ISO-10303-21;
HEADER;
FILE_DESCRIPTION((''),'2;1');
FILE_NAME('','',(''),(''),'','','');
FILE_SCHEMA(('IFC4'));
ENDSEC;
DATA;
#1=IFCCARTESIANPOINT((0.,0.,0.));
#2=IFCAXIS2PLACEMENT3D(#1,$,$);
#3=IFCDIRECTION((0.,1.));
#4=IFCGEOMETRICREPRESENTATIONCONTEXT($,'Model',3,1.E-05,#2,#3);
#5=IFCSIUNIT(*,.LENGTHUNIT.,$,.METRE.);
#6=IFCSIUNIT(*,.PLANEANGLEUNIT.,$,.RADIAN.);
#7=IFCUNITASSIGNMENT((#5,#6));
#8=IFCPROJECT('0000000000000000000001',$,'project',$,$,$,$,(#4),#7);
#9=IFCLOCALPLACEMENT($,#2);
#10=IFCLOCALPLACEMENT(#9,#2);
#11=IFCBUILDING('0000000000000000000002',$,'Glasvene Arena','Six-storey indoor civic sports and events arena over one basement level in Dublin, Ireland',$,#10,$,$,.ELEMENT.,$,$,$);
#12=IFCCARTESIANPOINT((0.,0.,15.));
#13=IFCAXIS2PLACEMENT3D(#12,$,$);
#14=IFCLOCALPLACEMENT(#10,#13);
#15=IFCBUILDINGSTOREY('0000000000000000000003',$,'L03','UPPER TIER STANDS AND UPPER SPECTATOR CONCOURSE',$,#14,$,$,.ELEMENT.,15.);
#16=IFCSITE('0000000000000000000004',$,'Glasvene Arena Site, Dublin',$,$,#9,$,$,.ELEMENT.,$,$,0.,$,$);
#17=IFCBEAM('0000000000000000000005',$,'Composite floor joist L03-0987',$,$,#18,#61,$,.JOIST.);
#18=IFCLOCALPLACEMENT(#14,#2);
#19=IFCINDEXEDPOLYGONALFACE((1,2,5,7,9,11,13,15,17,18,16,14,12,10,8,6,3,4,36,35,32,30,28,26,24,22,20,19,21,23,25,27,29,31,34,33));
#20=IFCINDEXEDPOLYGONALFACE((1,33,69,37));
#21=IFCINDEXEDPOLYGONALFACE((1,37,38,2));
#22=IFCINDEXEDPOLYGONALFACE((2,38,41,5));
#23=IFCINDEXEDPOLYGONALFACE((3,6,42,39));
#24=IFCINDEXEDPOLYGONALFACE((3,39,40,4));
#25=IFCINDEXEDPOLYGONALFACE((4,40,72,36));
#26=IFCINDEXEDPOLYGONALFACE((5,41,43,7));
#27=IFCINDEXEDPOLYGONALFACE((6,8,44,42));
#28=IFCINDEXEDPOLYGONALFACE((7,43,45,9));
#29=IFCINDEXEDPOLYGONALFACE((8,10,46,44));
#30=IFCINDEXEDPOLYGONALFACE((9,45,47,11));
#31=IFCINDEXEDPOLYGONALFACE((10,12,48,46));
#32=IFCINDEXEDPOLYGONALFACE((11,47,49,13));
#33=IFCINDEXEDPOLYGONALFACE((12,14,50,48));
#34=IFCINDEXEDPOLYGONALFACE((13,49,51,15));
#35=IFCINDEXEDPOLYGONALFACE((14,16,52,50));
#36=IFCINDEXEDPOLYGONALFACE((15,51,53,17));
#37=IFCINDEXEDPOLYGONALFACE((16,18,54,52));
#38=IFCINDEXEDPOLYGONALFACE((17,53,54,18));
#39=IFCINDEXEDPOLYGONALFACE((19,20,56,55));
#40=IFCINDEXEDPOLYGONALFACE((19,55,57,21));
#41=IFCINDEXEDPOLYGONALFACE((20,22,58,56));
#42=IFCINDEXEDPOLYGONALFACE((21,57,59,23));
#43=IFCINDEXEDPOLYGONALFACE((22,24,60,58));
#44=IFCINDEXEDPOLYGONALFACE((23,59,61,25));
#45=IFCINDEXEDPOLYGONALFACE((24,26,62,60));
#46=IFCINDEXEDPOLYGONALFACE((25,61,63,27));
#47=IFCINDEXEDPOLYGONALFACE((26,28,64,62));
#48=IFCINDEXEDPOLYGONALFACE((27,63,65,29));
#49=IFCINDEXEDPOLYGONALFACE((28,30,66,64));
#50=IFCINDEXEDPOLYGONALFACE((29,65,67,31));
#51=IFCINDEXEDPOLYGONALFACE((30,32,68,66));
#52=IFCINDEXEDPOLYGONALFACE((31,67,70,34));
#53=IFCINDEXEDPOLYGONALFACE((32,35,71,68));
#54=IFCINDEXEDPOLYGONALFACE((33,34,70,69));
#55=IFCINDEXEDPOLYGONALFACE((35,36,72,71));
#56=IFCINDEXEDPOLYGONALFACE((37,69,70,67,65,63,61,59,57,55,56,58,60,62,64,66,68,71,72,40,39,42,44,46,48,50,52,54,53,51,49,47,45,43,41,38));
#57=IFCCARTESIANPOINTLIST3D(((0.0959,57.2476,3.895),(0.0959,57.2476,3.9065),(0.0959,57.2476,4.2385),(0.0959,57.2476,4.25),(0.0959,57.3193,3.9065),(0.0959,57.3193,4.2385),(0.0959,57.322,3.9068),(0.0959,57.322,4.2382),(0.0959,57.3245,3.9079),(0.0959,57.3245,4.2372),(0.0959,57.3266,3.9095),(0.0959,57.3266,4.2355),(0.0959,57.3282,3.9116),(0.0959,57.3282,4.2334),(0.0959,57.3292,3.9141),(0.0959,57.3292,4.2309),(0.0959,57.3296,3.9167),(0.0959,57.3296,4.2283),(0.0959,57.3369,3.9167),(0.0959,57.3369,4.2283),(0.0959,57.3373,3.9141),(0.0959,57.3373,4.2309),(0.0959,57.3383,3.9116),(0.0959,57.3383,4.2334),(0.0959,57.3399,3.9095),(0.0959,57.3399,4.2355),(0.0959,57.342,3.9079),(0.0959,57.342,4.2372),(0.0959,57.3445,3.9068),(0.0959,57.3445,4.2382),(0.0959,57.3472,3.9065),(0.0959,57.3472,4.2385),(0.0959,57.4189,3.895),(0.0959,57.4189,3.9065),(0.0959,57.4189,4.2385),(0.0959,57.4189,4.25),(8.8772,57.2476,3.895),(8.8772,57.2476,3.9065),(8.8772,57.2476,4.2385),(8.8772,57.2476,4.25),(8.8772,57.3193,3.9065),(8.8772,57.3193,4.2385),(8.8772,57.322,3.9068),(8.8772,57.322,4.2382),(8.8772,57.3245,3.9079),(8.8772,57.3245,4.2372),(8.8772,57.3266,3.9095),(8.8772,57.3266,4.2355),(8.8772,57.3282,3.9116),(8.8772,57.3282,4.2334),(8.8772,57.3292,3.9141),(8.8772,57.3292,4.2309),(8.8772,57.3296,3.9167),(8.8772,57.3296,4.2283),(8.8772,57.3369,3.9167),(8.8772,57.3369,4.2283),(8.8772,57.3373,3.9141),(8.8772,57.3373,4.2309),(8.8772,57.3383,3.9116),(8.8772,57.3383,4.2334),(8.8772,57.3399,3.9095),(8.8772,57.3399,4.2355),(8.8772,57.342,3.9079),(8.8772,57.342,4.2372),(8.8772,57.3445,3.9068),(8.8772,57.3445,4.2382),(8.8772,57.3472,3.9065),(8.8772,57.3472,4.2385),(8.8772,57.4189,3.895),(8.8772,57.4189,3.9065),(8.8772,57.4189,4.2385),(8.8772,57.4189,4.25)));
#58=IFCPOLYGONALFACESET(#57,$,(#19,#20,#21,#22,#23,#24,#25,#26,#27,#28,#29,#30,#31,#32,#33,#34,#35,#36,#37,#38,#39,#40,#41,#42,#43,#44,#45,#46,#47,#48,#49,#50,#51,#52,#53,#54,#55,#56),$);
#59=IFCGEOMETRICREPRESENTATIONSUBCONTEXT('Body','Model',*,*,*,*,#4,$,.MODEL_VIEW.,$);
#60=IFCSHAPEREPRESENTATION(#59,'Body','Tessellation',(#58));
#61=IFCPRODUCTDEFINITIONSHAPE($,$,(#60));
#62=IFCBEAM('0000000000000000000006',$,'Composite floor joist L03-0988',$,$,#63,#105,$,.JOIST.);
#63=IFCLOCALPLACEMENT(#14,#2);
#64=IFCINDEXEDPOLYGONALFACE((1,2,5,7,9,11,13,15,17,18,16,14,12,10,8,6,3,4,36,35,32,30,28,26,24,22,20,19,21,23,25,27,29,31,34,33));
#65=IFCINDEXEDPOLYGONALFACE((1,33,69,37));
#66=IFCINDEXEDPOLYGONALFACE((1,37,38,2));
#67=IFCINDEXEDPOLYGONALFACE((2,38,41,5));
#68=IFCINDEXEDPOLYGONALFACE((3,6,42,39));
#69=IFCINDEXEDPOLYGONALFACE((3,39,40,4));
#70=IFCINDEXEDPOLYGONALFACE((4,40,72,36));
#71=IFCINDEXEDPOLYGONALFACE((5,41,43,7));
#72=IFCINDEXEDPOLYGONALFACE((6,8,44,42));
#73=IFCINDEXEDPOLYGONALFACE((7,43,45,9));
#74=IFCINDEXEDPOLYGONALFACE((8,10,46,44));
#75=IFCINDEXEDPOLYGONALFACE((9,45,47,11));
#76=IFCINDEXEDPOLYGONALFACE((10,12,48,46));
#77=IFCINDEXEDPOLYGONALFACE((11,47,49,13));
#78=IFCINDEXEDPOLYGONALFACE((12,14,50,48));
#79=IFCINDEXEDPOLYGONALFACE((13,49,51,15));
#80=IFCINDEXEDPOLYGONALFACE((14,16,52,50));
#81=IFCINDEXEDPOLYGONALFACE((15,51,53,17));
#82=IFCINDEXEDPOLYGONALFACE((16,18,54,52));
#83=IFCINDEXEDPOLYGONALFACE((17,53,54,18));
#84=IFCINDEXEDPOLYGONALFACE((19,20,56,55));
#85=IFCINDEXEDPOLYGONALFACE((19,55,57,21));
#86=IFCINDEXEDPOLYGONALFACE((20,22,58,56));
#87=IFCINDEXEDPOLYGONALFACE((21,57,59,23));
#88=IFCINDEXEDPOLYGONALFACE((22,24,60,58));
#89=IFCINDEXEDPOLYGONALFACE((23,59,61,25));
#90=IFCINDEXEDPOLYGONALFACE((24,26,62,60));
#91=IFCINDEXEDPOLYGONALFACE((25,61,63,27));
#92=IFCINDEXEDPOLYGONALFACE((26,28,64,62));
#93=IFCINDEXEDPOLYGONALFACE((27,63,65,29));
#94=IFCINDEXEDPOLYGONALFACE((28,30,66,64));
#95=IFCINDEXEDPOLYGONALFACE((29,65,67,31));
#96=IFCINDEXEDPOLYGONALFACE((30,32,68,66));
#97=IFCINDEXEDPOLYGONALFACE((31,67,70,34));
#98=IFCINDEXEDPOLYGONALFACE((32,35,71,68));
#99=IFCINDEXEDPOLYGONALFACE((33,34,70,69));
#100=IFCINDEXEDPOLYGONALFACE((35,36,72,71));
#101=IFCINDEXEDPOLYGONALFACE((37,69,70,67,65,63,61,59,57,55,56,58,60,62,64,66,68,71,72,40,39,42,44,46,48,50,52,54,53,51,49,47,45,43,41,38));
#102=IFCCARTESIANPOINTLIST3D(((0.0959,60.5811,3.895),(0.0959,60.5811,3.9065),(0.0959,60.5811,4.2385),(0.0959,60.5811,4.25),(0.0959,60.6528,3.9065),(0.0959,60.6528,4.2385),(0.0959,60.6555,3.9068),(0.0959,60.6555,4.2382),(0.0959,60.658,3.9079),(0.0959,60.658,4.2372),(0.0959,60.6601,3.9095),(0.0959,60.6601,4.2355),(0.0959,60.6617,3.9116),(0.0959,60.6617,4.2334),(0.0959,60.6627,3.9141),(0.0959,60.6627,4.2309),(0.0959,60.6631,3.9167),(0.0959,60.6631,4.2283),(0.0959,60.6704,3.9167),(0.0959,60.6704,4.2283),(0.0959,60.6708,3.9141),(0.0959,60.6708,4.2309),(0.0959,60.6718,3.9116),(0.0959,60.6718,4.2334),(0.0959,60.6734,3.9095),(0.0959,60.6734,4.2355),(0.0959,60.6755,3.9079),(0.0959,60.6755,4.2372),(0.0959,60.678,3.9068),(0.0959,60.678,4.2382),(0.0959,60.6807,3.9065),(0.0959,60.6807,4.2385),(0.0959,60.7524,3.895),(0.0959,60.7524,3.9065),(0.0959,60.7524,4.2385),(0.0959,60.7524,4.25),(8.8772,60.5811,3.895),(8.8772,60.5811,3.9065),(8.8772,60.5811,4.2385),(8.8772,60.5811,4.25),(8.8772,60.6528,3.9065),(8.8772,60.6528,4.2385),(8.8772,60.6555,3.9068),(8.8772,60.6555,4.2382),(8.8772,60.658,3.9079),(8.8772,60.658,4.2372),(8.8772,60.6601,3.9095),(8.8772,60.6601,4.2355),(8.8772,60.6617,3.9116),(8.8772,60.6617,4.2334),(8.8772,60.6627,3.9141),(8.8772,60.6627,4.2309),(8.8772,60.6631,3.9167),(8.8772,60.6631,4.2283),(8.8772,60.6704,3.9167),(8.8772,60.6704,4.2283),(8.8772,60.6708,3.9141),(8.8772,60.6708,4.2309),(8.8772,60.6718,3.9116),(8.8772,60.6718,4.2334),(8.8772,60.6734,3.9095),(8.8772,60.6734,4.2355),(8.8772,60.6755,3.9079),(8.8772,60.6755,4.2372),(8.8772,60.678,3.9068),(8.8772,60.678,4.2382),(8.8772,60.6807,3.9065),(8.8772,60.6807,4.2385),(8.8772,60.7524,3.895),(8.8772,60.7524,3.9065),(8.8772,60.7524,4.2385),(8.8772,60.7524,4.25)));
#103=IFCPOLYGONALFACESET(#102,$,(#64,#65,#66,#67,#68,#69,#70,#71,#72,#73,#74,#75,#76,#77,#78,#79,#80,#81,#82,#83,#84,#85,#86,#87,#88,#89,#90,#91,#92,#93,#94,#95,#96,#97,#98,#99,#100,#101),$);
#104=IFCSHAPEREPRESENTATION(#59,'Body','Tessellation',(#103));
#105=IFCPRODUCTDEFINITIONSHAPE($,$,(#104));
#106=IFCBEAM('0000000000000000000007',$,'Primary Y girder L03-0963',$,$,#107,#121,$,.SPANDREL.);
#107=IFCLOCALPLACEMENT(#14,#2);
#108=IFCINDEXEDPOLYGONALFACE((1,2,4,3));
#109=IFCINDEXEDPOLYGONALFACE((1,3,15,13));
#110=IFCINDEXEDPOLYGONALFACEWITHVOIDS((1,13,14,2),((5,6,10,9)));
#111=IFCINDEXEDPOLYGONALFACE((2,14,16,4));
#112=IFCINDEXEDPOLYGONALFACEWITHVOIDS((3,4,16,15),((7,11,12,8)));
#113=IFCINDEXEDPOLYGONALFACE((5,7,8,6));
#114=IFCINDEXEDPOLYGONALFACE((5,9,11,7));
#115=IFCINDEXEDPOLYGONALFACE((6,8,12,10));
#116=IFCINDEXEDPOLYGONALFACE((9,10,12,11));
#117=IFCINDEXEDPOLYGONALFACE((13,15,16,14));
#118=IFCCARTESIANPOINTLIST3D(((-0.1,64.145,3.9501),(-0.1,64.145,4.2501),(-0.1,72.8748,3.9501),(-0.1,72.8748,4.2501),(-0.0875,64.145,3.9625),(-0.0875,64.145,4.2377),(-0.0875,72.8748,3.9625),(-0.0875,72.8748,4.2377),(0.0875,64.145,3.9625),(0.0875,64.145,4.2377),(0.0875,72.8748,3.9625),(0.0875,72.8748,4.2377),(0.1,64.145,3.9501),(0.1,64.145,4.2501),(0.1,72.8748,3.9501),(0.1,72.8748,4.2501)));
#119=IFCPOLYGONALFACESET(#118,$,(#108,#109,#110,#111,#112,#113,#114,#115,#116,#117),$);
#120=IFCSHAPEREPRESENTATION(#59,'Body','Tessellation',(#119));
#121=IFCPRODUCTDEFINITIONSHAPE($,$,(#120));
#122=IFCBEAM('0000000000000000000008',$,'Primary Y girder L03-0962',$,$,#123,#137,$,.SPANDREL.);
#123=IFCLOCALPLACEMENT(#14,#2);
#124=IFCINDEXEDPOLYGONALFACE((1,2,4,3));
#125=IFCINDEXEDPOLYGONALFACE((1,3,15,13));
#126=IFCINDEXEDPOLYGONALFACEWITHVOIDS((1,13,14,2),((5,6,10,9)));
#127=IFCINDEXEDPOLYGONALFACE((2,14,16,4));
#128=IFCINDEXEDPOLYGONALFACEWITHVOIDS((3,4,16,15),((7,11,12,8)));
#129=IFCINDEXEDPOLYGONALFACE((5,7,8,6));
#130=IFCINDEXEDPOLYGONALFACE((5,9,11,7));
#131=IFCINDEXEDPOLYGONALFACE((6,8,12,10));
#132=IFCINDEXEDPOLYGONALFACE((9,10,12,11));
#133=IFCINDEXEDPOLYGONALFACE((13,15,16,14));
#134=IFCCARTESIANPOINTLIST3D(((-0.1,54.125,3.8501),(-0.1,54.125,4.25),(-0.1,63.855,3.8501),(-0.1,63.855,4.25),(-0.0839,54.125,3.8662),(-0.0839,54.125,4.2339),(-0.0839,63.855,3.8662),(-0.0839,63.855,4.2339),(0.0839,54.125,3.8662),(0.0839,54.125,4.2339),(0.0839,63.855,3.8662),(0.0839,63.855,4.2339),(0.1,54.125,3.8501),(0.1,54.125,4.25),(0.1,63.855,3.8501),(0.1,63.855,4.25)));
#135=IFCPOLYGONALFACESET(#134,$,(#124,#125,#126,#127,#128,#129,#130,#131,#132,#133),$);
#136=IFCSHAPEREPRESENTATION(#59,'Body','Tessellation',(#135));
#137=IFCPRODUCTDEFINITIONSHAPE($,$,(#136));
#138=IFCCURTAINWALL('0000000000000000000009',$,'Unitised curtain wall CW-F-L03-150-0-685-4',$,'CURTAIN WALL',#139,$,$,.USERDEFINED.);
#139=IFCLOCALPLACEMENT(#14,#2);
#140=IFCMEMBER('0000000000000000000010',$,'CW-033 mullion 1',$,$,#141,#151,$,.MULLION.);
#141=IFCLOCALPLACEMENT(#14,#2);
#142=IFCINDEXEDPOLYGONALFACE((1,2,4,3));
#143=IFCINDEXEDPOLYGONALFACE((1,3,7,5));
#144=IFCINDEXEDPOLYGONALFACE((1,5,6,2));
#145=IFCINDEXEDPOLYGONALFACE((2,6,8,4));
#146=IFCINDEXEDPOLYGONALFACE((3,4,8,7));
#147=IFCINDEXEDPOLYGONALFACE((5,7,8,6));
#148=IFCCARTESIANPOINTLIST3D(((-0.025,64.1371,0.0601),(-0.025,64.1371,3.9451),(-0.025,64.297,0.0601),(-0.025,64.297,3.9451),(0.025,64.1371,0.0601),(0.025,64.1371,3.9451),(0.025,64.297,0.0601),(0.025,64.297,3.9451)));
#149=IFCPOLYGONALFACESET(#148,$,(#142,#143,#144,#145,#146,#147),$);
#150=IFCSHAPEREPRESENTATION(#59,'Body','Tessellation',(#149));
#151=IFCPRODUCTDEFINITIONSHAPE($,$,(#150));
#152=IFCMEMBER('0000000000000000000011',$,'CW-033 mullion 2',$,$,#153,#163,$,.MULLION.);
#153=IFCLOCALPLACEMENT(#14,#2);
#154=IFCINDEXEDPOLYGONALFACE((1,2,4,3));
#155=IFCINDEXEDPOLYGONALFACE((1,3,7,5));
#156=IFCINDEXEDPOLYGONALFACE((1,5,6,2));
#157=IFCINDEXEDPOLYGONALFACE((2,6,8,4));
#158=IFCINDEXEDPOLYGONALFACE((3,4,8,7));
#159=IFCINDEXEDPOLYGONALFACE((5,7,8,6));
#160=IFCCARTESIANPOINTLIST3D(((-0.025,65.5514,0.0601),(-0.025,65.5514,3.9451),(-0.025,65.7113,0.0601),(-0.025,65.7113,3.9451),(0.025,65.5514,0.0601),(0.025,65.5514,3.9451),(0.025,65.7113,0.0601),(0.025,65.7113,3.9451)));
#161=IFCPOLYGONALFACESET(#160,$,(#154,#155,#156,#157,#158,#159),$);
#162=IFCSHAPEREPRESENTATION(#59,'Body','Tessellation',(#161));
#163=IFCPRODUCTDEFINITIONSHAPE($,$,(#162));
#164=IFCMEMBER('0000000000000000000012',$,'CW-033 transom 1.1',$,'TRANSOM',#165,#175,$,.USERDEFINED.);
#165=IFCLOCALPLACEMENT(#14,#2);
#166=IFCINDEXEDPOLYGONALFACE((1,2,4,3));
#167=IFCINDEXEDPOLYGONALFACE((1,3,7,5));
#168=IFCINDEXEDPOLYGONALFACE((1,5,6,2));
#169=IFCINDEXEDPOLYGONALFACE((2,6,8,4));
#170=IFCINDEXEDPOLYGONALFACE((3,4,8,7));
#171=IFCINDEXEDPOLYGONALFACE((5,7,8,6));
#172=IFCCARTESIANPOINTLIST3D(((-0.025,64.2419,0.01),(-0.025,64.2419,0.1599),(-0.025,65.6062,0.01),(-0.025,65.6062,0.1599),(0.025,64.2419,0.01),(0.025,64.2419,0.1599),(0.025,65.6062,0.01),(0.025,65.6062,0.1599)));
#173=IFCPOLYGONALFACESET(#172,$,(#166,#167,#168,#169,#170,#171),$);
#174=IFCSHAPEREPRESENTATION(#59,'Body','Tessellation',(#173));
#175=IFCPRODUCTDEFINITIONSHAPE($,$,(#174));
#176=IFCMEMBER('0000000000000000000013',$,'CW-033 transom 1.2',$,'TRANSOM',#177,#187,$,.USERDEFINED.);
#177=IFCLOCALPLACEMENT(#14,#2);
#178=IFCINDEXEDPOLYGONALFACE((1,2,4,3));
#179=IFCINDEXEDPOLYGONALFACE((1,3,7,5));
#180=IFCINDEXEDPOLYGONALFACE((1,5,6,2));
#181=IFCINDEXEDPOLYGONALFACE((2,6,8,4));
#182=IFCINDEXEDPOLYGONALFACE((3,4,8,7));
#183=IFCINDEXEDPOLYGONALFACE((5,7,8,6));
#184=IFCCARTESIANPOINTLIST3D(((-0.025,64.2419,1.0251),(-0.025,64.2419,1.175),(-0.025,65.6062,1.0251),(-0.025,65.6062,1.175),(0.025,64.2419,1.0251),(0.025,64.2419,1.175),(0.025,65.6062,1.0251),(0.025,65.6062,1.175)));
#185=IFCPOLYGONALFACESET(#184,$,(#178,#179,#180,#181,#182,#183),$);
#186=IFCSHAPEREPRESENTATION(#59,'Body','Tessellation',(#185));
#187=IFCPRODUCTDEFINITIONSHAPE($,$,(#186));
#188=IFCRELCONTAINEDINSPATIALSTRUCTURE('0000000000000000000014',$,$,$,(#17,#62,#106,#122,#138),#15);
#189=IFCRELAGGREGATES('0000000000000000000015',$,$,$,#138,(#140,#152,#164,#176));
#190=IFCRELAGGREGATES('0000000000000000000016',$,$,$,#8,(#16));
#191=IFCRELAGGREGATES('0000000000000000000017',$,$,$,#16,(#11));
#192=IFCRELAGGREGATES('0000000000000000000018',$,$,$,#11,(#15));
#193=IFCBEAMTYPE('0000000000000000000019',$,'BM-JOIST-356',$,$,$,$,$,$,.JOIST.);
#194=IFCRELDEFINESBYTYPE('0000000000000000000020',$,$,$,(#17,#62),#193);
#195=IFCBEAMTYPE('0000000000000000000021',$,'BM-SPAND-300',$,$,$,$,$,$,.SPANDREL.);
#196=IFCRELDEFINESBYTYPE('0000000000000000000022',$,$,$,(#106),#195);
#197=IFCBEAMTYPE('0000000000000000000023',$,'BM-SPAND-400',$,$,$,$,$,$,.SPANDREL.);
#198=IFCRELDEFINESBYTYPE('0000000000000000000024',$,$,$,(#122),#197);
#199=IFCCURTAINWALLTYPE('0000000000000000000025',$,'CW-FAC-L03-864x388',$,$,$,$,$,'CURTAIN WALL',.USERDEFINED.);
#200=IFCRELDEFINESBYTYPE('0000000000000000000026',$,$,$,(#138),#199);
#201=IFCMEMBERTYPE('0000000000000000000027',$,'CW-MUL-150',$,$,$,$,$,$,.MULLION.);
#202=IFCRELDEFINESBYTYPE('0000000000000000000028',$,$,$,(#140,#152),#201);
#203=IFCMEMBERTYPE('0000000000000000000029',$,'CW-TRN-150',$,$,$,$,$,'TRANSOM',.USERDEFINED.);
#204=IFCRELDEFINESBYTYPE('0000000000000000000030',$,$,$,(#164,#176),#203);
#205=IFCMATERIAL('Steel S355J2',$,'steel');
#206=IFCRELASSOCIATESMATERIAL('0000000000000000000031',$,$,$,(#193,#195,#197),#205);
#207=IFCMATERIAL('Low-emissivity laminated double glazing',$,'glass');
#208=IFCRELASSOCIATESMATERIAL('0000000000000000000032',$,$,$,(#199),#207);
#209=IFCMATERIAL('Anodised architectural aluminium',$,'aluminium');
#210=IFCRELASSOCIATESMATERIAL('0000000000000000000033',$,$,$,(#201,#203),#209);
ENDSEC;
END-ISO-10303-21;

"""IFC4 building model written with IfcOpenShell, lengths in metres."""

from ifc_helpers import new_model, si_unit, direction, frame, origin, origin_2d, place, context, subcontext, project, spatial, rectangle, hollow_rectangle, i_section, extrude, material, material_profile, profile_set, type_object, element, aggregate, save


model = new_model("IFC4")

# Units and contexts
model_context = context("Model", 3, precision=1e-05, world=origin(), true_north=direction((0.0, 1.0)))
body_context = subcontext(model_context, "Body", "Model", "MODEL_VIEW")
ifc_project = project(units=[si_unit("LENGTHUNIT", "METRE"), si_unit("PLANEANGLEUNIT", "RADIAN")], contexts=[model_context])

# Site, building, storey
site_placement = place(None, origin())
site = spatial("IfcSite", under=ifc_project, at=site_placement, Name="Glasvene Arena Site, Dublin", CompositionType="ELEMENT", RefElevation=0.0)
building_placement = place(site_placement, origin())
building = spatial("IfcBuilding", under=site, at=building_placement, Name="Glasvene Arena", Description="Six-storey indoor civic sports and events arena over one basement level in Dublin, Ireland", CompositionType="ELEMENT")
storey_placement = place(building_placement, frame((0.0, 0.0, 15.0)))
storey = spatial("IfcBuildingStorey", under=building, at=storey_placement, Name="L03", Description="UPPER TIER STANDS AND UPPER SPECTATOR CONCOURSE", CompositionType="ELEMENT", Elevation=15.0)

# Shared definitions
ifc_material_1 = material(Name="Steel S355J2", Category="steel")

# Beams
ifc_material_profile_1 = material_profile(ifc_material_1, i_section(OverallWidth=0.1714, OverallDepth=0.355, WebThickness=0.0073, FlangeThickness=0.0115, FilletRadius=0.0103, at=origin_2d()), Name="UKB 356x171x51")
ifc_profile_set_1 = profile_set([ifc_material_profile_1], Name="Steel S355J2")
beam_type_1 = type_object("IfcBeamType", Name="BM-JOIST-356", PredefinedType="JOIST", material=ifc_profile_set_1)
for number, where, z_axis, x_axis, name in (
    (1, (0.0959, 57.3333, 4.0725), (1.0, 0.0, 0.0), (0.0, 1.0, 0.0), "Composite floor joist L03-0987"),
    (2, (0.0959, 60.6667, 4.0725), (1.0, 0.0, 0.0), (0.0, 1.0, 0.0), "Composite floor joist L03-0988"),
):
    element("IfcBeam", number, at=place(storey_placement, frame(where, z_axis=z_axis, x_axis=x_axis)), inside=storey, type_object=beam_type_1, Name=name, PredefinedType="JOIST", context=body_context, shape_type="SweptSolid", body=[
        extrude(i_section(OverallWidth=0.1714, OverallDepth=0.355, WebThickness=0.0073, FlangeThickness=0.0115, FilletRadius=0.0103, at=origin_2d()), origin(), (0.0, 0.0, 1.0), 8.7812),
    ])
ifc_material_profile_2 = material_profile(ifc_material_1, hollow_rectangle(XDim=0.2, YDim=0.3, WallThickness=0.0125, at=origin_2d()), Name="RHS 300x200x12.5")
ifc_profile_set_2 = profile_set([ifc_material_profile_2], Name="Steel S355J2")
beam_type_2 = type_object("IfcBeamType", Name="BM-SPAND-300", PredefinedType="SPANDREL", material=ifc_profile_set_2)
beam_1_placement = place(storey_placement, frame((0.0, 64.145, 4.1001), z_axis=(0.0, 1.0, 0.0), x_axis=(-1.0, 0.0, 0.0)))
element("IfcBeam", 3, at=beam_1_placement, inside=storey, type_object=beam_type_2, Name="Primary Y girder L03-0963", PredefinedType="SPANDREL", context=body_context, shape_type="SweptSolid", body=[
    extrude(hollow_rectangle(XDim=0.2, YDim=0.3, WallThickness=0.0125, at=origin_2d()), origin(), (0.0, 0.0, 1.0), 8.7297),
])
ifc_material_profile_3 = material_profile(ifc_material_1, hollow_rectangle(XDim=0.2, YDim=0.3999, WallThickness=0.0161, at=origin_2d()), Name="RHS 400x200x16.0")
ifc_profile_set_3 = profile_set([ifc_material_profile_3], Name="Steel S355J2")
beam_type_3 = type_object("IfcBeamType", Name="BM-SPAND-400", PredefinedType="SPANDREL", material=ifc_profile_set_3)
beam_2_placement = place(storey_placement, frame((0.0, 54.125, 4.05), z_axis=(0.0, 1.0, 0.0), x_axis=(-1.0, 0.0, 0.0)))
element("IfcBeam", 4, at=beam_2_placement, inside=storey, type_object=beam_type_3, Name="Primary Y girder L03-0962", PredefinedType="SPANDREL", context=body_context, shape_type="SweptSolid", body=[
    extrude(hollow_rectangle(XDim=0.2, YDim=0.3999, WallThickness=0.0161, at=origin_2d()), origin(), (0.0, 0.0, 1.0), 9.73),
])

# Curtain wall, members
ifc_material_2 = material(Name="Low-emissivity laminated double glazing", Category="glass")
curtain_wall_type = type_object("IfcCurtainWallType", Name="CW-FAC-L03-864x388", ElementType="CURTAIN WALL", PredefinedType="USERDEFINED", material=ifc_material_2)
curtain_wall_placement = place(storey_placement, frame((0.0, 64.1919, 0.0)))
curtain_wall = element("IfcCurtainWall", 5, at=curtain_wall_placement, inside=storey, type_object=curtain_wall_type, Name="Unitised curtain wall CW-F-L03-150-0-685-4", ObjectType="CURTAIN WALL", PredefinedType="USERDEFINED")
ifc_material_3 = material(Name="Anodised architectural aluminium", Category="aluminium")
ifc_material_profile_4 = material_profile(ifc_material_3, rectangle(XDim=0.05, YDim=0.1599, at=origin_2d()), Name="ALU MULLION 50x160")
ifc_profile_set_4 = profile_set([ifc_material_profile_4], Name="Anodised architectural aluminium")
member_type_1 = type_object("IfcMemberType", Name="CW-MUL-150", PredefinedType="MULLION", material=ifc_profile_set_4)
member_1_placement = place(storey_placement, frame((0.0, 64.217, 0.0601), z_axis=(0.0, 0.0, 1.0), x_axis=(-1.0, 0.0, 0.0)))
member_1 = element("IfcMember", 6, at=member_1_placement, type_object=member_type_1, Name="CW-033 mullion 1", PredefinedType="MULLION", context=body_context, shape_type="SweptSolid", body=[
    extrude(rectangle(XDim=0.05, YDim=0.1599, at=origin_2d()), origin(), (0.0, 0.0, 1.0), 3.885),
])
member_2_placement = place(storey_placement, frame((0.0, 65.6313, 0.0601), z_axis=(0.0, 0.0, 1.0), x_axis=(-1.0, 0.0, 0.0)))
member_2 = element("IfcMember", 7, at=member_2_placement, type_object=member_type_1, Name="CW-033 mullion 2", PredefinedType="MULLION", context=body_context, shape_type="SweptSolid", body=[
    extrude(rectangle(XDim=0.05, YDim=0.1599, at=origin_2d()), origin(), (0.0, 0.0, 1.0), 3.885),
])
ifc_material_profile_5 = material_profile(ifc_material_3, rectangle(XDim=0.05, YDim=0.1499, at=origin_2d()), Name="ALU TRANSOM 50x150")
ifc_profile_set_5 = profile_set([ifc_material_profile_5], Name="Anodised architectural aluminium")
member_type_2 = type_object("IfcMemberType", Name="CW-TRN-150", ElementType="TRANSOM", PredefinedType="USERDEFINED", material=ifc_profile_set_5)
member_3_placement = place(storey_placement, frame((0.0, 64.2419, 0.085), z_axis=(0.0, 1.0, 0.0), x_axis=(-1.0, 0.0, 0.0)))
member_3 = element("IfcMember", 8, at=member_3_placement, type_object=member_type_2, Name="CW-033 transom 1.1", ObjectType="TRANSOM", PredefinedType="USERDEFINED", context=body_context, shape_type="SweptSolid", body=[
    extrude(rectangle(XDim=0.05, YDim=0.1499, at=origin_2d()), origin(), (0.0, 0.0, 1.0), 1.3643),
])
member_4_placement = place(storey_placement, frame((0.0, 64.2419, 1.1001), z_axis=(0.0, 1.0, 0.0), x_axis=(-1.0, 0.0, 0.0)))
member_4 = element("IfcMember", 9, at=member_4_placement, type_object=member_type_2, Name="CW-033 transom 1.2", ObjectType="TRANSOM", PredefinedType="USERDEFINED", context=body_context, shape_type="SweptSolid", body=[
    extrude(rectangle(XDim=0.05, YDim=0.1499, at=origin_2d()), origin(), (0.0, 0.0, 1.0), 1.3643),
])

aggregate(curtain_wall, [member_1, member_2, member_3, member_4])

save(model, "model.ifc")
